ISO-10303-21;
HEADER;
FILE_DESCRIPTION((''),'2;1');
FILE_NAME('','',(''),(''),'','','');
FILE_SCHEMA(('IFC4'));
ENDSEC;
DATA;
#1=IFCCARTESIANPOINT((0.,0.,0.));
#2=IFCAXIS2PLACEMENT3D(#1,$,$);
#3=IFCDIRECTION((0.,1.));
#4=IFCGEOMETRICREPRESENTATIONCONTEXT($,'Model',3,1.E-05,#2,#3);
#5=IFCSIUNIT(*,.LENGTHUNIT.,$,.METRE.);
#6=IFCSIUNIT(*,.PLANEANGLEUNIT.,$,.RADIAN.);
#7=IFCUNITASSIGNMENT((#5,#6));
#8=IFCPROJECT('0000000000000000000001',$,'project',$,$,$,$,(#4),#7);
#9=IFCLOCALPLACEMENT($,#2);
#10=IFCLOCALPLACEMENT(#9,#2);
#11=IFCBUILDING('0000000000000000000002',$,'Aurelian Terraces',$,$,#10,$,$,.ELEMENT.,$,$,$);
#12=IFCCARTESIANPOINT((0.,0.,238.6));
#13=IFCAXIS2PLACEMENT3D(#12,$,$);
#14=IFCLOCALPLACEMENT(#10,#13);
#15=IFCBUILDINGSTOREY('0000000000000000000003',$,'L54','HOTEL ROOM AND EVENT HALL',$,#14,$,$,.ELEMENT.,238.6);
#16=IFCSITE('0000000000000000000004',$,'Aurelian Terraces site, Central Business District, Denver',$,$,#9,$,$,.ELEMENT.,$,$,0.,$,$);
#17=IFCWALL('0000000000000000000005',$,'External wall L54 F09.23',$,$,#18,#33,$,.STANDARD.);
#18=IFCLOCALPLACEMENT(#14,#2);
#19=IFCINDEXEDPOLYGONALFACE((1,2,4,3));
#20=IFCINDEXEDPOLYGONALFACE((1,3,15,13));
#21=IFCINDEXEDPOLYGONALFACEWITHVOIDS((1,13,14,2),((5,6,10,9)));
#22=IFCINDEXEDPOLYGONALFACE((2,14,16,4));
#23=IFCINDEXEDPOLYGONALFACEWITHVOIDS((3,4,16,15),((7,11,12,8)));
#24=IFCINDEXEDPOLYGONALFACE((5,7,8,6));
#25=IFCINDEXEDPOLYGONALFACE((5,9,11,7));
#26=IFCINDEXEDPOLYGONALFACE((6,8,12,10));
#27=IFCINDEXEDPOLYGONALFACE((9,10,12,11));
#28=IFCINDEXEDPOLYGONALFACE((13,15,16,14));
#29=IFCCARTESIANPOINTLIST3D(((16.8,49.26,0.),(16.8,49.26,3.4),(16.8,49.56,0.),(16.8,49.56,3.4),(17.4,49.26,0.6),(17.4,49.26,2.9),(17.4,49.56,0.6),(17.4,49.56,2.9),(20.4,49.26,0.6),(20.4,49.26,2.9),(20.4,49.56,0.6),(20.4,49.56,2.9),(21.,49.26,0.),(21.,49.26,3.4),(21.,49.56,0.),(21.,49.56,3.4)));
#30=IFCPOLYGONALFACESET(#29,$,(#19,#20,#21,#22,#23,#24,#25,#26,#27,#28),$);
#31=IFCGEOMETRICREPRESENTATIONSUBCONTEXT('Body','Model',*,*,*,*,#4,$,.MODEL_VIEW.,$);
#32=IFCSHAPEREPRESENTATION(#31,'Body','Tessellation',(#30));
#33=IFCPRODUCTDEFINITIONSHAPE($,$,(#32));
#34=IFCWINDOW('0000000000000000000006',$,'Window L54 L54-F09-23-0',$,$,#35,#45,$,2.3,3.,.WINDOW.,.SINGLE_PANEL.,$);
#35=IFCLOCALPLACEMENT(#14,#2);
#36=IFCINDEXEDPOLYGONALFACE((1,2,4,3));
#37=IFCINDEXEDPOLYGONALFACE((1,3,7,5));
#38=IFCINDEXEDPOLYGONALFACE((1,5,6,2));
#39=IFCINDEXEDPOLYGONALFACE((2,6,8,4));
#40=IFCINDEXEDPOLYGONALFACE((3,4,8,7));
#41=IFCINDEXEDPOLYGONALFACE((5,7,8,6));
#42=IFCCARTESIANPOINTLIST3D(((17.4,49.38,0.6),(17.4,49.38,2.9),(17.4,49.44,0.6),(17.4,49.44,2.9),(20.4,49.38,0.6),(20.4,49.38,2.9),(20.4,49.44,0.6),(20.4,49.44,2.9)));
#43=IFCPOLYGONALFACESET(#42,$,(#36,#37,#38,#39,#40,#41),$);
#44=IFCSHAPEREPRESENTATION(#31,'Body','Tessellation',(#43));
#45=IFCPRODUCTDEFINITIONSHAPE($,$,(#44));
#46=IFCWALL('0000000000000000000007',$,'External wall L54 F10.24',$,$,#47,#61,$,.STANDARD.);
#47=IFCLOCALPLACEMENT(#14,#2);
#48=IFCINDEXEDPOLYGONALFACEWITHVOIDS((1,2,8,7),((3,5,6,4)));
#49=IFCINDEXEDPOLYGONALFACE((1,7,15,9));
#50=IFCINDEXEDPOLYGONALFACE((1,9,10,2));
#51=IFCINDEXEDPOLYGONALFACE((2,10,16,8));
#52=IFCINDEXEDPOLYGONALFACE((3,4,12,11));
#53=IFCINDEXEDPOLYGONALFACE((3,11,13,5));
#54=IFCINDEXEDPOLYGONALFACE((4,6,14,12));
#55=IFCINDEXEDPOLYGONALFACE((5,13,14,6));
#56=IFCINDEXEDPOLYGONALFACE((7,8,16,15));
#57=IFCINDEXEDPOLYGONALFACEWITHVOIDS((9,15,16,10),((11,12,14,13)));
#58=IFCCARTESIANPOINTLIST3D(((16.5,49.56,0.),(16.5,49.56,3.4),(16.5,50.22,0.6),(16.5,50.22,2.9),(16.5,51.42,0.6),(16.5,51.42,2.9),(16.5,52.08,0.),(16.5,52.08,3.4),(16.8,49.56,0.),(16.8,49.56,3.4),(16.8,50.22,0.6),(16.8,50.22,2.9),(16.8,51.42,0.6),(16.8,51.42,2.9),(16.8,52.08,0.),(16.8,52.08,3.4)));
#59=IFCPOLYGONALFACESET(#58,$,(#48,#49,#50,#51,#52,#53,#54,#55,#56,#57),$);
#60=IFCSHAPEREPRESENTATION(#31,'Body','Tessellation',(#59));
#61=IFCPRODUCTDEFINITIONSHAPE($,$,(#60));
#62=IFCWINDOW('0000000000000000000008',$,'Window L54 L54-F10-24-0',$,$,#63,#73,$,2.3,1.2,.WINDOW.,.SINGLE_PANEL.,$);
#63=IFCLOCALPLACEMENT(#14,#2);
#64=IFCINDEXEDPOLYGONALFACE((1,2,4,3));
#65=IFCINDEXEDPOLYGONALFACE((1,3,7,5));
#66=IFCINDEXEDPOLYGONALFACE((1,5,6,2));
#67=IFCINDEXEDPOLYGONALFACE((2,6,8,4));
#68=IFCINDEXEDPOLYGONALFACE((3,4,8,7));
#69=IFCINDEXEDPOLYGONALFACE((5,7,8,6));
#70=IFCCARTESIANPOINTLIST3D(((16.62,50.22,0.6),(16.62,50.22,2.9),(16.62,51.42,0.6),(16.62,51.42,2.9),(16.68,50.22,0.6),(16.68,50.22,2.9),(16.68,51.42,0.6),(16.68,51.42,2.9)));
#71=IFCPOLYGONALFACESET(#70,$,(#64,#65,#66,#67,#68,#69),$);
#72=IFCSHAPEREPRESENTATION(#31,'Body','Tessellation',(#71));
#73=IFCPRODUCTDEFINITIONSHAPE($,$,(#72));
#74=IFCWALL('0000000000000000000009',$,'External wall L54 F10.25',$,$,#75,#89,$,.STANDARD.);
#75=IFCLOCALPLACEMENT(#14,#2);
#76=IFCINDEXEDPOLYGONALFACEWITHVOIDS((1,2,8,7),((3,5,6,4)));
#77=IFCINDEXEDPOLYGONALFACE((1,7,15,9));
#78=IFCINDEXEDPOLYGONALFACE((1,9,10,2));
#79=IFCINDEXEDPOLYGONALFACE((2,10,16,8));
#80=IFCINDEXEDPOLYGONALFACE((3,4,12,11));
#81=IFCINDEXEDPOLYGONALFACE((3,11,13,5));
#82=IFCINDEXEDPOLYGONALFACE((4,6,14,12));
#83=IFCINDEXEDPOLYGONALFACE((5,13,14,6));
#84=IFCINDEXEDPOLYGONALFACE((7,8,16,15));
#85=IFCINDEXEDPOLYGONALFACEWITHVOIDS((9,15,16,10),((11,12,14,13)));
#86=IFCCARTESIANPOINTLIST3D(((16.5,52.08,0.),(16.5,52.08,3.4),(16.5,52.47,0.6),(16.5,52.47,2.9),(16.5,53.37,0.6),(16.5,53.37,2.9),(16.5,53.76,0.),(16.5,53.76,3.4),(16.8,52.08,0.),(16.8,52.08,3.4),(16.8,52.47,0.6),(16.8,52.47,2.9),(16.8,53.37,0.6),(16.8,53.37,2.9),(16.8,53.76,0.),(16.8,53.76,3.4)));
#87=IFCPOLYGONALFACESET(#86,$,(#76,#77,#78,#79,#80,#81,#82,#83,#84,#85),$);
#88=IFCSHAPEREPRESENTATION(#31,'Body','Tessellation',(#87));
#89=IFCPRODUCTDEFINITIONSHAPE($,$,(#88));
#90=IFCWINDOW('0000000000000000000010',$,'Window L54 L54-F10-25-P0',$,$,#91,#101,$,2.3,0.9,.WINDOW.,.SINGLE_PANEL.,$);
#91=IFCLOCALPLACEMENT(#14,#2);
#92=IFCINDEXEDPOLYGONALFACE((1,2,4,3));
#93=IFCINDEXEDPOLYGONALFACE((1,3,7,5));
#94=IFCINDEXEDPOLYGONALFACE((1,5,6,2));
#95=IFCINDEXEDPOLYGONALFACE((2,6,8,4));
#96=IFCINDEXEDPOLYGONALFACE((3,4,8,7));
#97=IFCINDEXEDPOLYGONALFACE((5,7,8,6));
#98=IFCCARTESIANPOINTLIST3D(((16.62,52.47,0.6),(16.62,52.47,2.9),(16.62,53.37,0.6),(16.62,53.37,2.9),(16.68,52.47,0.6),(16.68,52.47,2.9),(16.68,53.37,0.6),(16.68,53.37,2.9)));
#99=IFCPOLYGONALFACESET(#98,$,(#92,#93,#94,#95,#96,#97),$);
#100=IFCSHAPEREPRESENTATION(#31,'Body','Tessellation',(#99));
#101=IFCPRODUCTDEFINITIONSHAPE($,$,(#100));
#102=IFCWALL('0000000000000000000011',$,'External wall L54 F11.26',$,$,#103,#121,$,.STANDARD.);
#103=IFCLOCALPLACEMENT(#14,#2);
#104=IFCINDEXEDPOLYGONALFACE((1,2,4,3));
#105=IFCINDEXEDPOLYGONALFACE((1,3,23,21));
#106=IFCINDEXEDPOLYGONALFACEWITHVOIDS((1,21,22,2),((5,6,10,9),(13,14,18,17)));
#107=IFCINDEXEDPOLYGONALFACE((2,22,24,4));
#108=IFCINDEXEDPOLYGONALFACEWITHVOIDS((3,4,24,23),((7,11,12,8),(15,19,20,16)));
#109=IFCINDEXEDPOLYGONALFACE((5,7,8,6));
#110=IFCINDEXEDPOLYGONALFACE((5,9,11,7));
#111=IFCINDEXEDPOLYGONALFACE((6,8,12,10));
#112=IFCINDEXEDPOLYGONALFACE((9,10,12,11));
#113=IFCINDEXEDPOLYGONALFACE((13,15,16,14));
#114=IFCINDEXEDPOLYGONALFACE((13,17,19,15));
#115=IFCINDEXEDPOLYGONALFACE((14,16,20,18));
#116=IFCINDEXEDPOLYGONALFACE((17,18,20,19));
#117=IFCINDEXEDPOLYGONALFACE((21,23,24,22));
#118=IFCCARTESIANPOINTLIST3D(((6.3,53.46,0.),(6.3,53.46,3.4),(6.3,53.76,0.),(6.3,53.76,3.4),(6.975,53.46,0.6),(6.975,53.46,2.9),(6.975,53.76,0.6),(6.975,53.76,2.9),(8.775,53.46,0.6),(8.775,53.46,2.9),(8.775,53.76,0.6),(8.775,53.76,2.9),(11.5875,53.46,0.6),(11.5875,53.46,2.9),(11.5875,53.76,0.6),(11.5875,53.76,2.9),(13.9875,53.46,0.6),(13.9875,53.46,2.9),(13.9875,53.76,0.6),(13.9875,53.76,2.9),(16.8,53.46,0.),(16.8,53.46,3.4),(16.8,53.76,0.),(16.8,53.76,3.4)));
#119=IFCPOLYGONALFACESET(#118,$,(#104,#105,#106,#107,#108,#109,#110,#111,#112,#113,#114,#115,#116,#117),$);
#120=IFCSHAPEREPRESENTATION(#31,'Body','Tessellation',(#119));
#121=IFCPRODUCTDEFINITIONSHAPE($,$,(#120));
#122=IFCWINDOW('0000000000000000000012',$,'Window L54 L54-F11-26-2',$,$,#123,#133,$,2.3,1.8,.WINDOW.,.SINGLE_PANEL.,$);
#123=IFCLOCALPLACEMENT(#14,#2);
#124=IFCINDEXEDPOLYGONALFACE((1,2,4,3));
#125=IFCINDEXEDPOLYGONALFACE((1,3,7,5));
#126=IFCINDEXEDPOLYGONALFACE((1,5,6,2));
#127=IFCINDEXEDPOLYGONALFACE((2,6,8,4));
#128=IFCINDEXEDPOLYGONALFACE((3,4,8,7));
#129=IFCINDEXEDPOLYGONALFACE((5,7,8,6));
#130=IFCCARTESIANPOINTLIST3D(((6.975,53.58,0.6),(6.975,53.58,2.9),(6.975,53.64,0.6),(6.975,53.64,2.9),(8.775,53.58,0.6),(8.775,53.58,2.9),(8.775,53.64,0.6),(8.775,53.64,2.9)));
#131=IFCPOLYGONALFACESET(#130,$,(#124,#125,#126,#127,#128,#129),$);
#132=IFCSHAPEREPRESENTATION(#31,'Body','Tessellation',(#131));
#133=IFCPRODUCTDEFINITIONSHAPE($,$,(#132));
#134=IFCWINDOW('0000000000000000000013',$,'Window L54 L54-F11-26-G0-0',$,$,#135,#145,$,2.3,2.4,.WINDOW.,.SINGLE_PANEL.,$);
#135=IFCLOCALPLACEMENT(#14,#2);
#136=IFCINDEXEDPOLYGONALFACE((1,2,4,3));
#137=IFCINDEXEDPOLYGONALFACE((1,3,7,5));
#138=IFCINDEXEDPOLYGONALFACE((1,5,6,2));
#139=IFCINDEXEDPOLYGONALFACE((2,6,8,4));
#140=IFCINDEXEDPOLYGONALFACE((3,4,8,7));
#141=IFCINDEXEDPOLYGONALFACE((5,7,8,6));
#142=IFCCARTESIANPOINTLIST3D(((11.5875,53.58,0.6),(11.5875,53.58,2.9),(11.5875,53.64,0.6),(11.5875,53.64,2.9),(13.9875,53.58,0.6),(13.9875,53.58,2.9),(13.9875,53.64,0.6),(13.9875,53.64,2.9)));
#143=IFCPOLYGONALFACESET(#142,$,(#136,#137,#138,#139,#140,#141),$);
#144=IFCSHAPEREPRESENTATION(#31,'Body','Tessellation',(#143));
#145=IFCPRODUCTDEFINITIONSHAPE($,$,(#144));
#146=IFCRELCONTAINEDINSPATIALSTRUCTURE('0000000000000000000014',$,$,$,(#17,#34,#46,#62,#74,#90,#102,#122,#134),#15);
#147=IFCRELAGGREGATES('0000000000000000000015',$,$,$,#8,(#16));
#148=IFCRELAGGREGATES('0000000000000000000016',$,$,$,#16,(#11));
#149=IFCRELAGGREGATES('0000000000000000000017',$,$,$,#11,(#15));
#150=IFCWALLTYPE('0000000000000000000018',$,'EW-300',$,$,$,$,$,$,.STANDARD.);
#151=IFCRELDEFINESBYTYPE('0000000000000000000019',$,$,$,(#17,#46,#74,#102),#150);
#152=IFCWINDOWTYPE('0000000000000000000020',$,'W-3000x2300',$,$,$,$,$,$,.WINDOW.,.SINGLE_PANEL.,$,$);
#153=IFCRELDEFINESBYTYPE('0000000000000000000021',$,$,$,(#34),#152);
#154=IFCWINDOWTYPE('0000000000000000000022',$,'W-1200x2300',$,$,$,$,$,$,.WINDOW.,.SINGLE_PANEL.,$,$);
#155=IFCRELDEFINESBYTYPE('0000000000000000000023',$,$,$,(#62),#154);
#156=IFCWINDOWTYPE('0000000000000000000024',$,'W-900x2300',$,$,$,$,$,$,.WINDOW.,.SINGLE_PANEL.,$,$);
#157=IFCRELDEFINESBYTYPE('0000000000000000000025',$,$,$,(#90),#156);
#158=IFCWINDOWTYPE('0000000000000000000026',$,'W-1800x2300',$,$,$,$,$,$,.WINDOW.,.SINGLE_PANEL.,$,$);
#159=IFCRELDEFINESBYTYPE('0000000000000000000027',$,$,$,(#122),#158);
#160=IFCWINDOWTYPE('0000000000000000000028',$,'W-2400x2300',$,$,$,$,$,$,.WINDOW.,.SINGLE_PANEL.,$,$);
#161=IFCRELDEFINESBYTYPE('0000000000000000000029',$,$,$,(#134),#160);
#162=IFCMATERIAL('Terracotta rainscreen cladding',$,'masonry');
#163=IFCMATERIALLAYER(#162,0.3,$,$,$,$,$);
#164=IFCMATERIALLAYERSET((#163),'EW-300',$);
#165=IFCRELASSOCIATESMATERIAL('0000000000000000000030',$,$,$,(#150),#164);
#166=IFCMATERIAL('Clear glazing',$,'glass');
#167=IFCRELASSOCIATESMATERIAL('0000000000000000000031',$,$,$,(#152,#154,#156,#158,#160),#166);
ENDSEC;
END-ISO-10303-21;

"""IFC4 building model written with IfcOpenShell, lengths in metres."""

from ifc_helpers import new_model, si_unit, direction, frame, frame_2d, origin, place, context, subcontext, project, spatial, rectangle, extrude, source, transform, mapped, material, layer, layer_set, type_object, element, fill, save


model = new_model("IFC4")

# Units and contexts
model_context = context("Model", 3, precision=1e-05, world=origin(), true_north=direction((0.0, 1.0)))
body_context = subcontext(model_context, "Body", "Model", "MODEL_VIEW")
ifc_project = project(units=[si_unit("LENGTHUNIT", "METRE"), si_unit("PLANEANGLEUNIT", "RADIAN")], contexts=[model_context])

# Site, building, storey
site_placement = place(None, origin())
site = spatial("IfcSite", under=ifc_project, at=site_placement, Name="Aurelian Terraces site, Central Business District, Denver", CompositionType="ELEMENT", RefElevation=0.0)
building_placement = place(site_placement, origin())
building = spatial("IfcBuilding", under=site, at=building_placement, Name="Aurelian Terraces", CompositionType="ELEMENT")
storey_placement = place(building_placement, frame((0.0, 0.0, 238.6)))
storey = spatial("IfcBuildingStorey", under=building, at=storey_placement, Name="L54", Description="HOTEL ROOM AND EVENT HALL", CompositionType="ELEMENT", Elevation=238.6)

# Walls, openings, windows
ifc_material_1 = material(Name="Terracotta rainscreen cladding", Category="masonry")
ifc_layer_1 = layer(ifc_material_1, 0.3)
ifc_layer_set_1 = layer_set([ifc_layer_1], Name="EW-300")
wall_type_1 = type_object("IfcWallType", Name="EW-300", PredefinedType="STANDARD", material=ifc_layer_set_1)
shared_shape_1 = source(origin(), body_context, "Body", "SweptSolid", [
    extrude(rectangle(XDim=4.2, YDim=0.3, at=frame_2d((2.1, 0.0))), origin(), (0.0, 0.0, 1.0), 3.4),
])
wall_1_placement = place(storey_placement, frame((21.0, 49.41, 0.0), z_axis=(0.0, 0.0, 1.0), x_axis=(-1.0, 0.0, 0.0)))
wall_1 = element("IfcWall", 1, at=wall_1_placement, inside=storey, type_object=wall_type_1, Name="External wall L54 F09.23", PredefinedType="STANDARD", context=body_context, shape_type="MappedRepresentation", body=[
    mapped(shared_shape_1, transform((0.0, 0.0, 0.0), scale=1.0)),
])
shared_shape_2 = source(origin(), body_context, "Body", "SweptSolid", [
    extrude(rectangle(XDim=3.0, YDim=2.3, at=frame_2d((1.5, 1.15))), frame((0.0, 0.16, 0.0), z_axis=(0.0, -1.0, 0.0), x_axis=(1.0, 0.0, 0.0)), (0.0, 0.0, 1.0), 0.32),
])
opening_1_placement = place(wall_1_placement, frame((0.6, 0.0, 0.6)))
opening_1 = element("IfcOpeningElement", 2, at=opening_1_placement, cuts=wall_1, PredefinedType="OPENING", context=body_context, shape_type="MappedRepresentation", body=[
    mapped(shared_shape_2, transform((0.0, 0.0, 0.0), scale=1.0)),
])
ifc_material_2 = material(Name="Clear glazing", Category="glass")
window_type_1 = type_object("IfcWindowType", Name="W-3000x2300", PartitioningType="SINGLE_PANEL", PredefinedType="WINDOW", material=ifc_material_2)
shared_shape_3 = source(origin(), body_context, "Body", "SweptSolid", [
    extrude(rectangle(XDim=3.0, YDim=2.3, at=frame_2d((1.5, 1.15))), frame((0.0, 0.03, 0.0), z_axis=(0.0, -1.0, 0.0), x_axis=(1.0, 0.0, 0.0)), (0.0, 0.0, 1.0), 0.06),
])
window_1_placement = place(opening_1_placement, origin())
window_1 = element("IfcWindow", 3, at=window_1_placement, inside=storey, type_object=window_type_1, Name="Window L54 L54-F09-23-0", OverallHeight=2.3, OverallWidth=3.0, PartitioningType="SINGLE_PANEL", PredefinedType="WINDOW", context=body_context, shape_type="MappedRepresentation", body=[
    mapped(shared_shape_3, transform((0.0, 0.0, 0.0), scale=1.0)),
])
fill(opening_1, window_1)
shared_shape_4 = source(origin(), body_context, "Body", "SweptSolid", [
    extrude(rectangle(XDim=2.52, YDim=0.3, at=frame_2d((1.26, 0.0))), origin(), (0.0, 0.0, 1.0), 3.4),
])
wall_2_placement = place(storey_placement, frame((16.65, 49.56, 0.0), z_axis=(0.0, 0.0, 1.0), x_axis=(0.0, 1.0, 0.0)))
wall_2 = element("IfcWall", 4, at=wall_2_placement, inside=storey, type_object=wall_type_1, Name="External wall L54 F10.24", PredefinedType="STANDARD", context=body_context, shape_type="MappedRepresentation", body=[
    mapped(shared_shape_4, transform((0.0, 0.0, 0.0), scale=1.0)),
])
shared_shape_5 = source(origin(), body_context, "Body", "SweptSolid", [
    extrude(rectangle(XDim=1.2, YDim=2.3, at=frame_2d((0.6, 1.15))), frame((0.0, 0.16, 0.0), z_axis=(0.0, -1.0, 0.0), x_axis=(1.0, 0.0, 0.0)), (0.0, 0.0, 1.0), 0.32),
])
opening_2_placement = place(wall_2_placement, frame((0.66, 0.0, 0.6)))
opening_2 = element("IfcOpeningElement", 5, at=opening_2_placement, cuts=wall_2, PredefinedType="OPENING", context=body_context, shape_type="MappedRepresentation", body=[
    mapped(shared_shape_5, transform((0.0, 0.0, 0.0), scale=1.0)),
])
window_type_2 = type_object("IfcWindowType", Name="W-1200x2300", PartitioningType="SINGLE_PANEL", PredefinedType="WINDOW", material=ifc_material_2)
shared_shape_6 = source(origin(), body_context, "Body", "SweptSolid", [
    extrude(rectangle(XDim=1.2, YDim=2.3, at=frame_2d((0.6, 1.15))), frame((0.0, 0.03, 0.0), z_axis=(0.0, -1.0, 0.0), x_axis=(1.0, 0.0, 0.0)), (0.0, 0.0, 1.0), 0.06),
])
window_2_placement = place(opening_2_placement, origin())
window_2 = element("IfcWindow", 6, at=window_2_placement, inside=storey, type_object=window_type_2, Name="Window L54 L54-F10-24-0", OverallHeight=2.3, OverallWidth=1.2, PartitioningType="SINGLE_PANEL", PredefinedType="WINDOW", context=body_context, shape_type="MappedRepresentation", body=[
    mapped(shared_shape_6, transform((0.0, 0.0, 0.0), scale=1.0)),
])
fill(opening_2, window_2)
shared_shape_7 = source(origin(), body_context, "Body", "SweptSolid", [
    extrude(rectangle(XDim=1.68, YDim=0.3, at=frame_2d((0.84, 0.0))), origin(), (0.0, 0.0, 1.0), 3.4),
])
wall_3_placement = place(storey_placement, frame((16.65, 52.08, 0.0), z_axis=(0.0, 0.0, 1.0), x_axis=(0.0, 1.0, 0.0)))
wall_3 = element("IfcWall", 7, at=wall_3_placement, inside=storey, type_object=wall_type_1, Name="External wall L54 F10.25", PredefinedType="STANDARD", context=body_context, shape_type="MappedRepresentation", body=[
    mapped(shared_shape_7, transform((0.0, 0.0, 0.0), scale=1.0)),
])
shared_shape_8 = source(origin(), body_context, "Body", "SweptSolid", [
    extrude(rectangle(XDim=0.9, YDim=2.3, at=frame_2d((0.45, 1.15))), frame((0.0, 0.16, 0.0), z_axis=(0.0, -1.0, 0.0), x_axis=(1.0, 0.0, 0.0)), (0.0, 0.0, 1.0), 0.32),
])
opening_3_placement = place(wall_3_placement, frame((0.39, 0.0, 0.6)))
opening_3 = element("IfcOpeningElement", 8, at=opening_3_placement, cuts=wall_3, PredefinedType="OPENING", context=body_context, shape_type="MappedRepresentation", body=[
    mapped(shared_shape_8, transform((0.0, 0.0, 0.0), scale=1.0)),
])
window_type_3 = type_object("IfcWindowType", Name="W-900x2300", PartitioningType="SINGLE_PANEL", PredefinedType="WINDOW", material=ifc_material_2)
shared_shape_9 = source(origin(), body_context, "Body", "SweptSolid", [
    extrude(rectangle(XDim=0.9, YDim=2.3, at=frame_2d((0.45, 1.15))), frame((0.0, 0.03, 0.0), z_axis=(0.0, -1.0, 0.0), x_axis=(1.0, 0.0, 0.0)), (0.0, 0.0, 1.0), 0.06),
])
window_3_placement = place(opening_3_placement, origin())
window_3 = element("IfcWindow", 9, at=window_3_placement, inside=storey, type_object=window_type_3, Name="Window L54 L54-F10-25-P0", OverallHeight=2.3, OverallWidth=0.9, PartitioningType="SINGLE_PANEL", PredefinedType="WINDOW", context=body_context, shape_type="MappedRepresentation", body=[
    mapped(shared_shape_9, transform((0.0, 0.0, 0.0), scale=1.0)),
])
fill(opening_3, window_3)

# Wall, openings, windows
shared_shape_10 = source(origin(), body_context, "Body", "SweptSolid", [
    extrude(rectangle(XDim=10.5, YDim=0.3, at=frame_2d((5.25, 0.0))), origin(), (0.0, 0.0, 1.0), 3.4),
])
wall_4_placement = place(storey_placement, frame((16.8, 53.61, 0.0), z_axis=(0.0, 0.0, 1.0), x_axis=(-1.0, 0.0, 0.0)))
wall_4 = element("IfcWall", 10, at=wall_4_placement, inside=storey, type_object=wall_type_1, Name="External wall L54 F11.26", PredefinedType="STANDARD", context=body_context, shape_type="MappedRepresentation", body=[
    mapped(shared_shape_10, transform((0.0, 0.0, 0.0), scale=1.0)),
])
shared_shape_11 = source(origin(), body_context, "Body", "SweptSolid", [
    extrude(rectangle(XDim=1.8, YDim=2.3, at=frame_2d((0.9, 1.15))), frame((0.0, 0.16, 0.0), z_axis=(0.0, -1.0, 0.0), x_axis=(1.0, 0.0, 0.0)), (0.0, 0.0, 1.0), 0.32),
])
opening_4_placement = place(wall_4_placement, frame((8.025, 0.0, 0.6)))
opening_4 = element("IfcOpeningElement", 11, at=opening_4_placement, cuts=wall_4, PredefinedType="OPENING", context=body_context, shape_type="MappedRepresentation", body=[
    mapped(shared_shape_11, transform((0.0, 0.0, 0.0), scale=1.0)),
])
shared_shape_12 = source(origin(), body_context, "Body", "SweptSolid", [
    extrude(rectangle(XDim=2.4, YDim=2.3, at=frame_2d((1.2, 1.15))), frame((0.0, 0.16, 0.0), z_axis=(0.0, -1.0, 0.0), x_axis=(1.0, 0.0, 0.0)), (0.0, 0.0, 1.0), 0.32),
])
opening_5_placement = place(wall_4_placement, frame((2.8125, 0.0, 0.6)))
opening_5 = element("IfcOpeningElement", 12, at=opening_5_placement, cuts=wall_4, PredefinedType="OPENING", context=body_context, shape_type="MappedRepresentation", body=[
    mapped(shared_shape_12, transform((0.0, 0.0, 0.0), scale=1.0)),
])
window_type_4 = type_object("IfcWindowType", Name="W-1800x2300", PartitioningType="SINGLE_PANEL", PredefinedType="WINDOW", material=ifc_material_2)
shared_shape_13 = source(origin(), body_context, "Body", "SweptSolid", [
    extrude(rectangle(XDim=1.8, YDim=2.3, at=frame_2d((0.9, 1.15))), frame((0.0, 0.03, 0.0), z_axis=(0.0, -1.0, 0.0), x_axis=(1.0, 0.0, 0.0)), (0.0, 0.0, 1.0), 0.06),
])
window_4_placement = place(opening_4_placement, origin())
window_4 = element("IfcWindow", 13, at=window_4_placement, inside=storey, type_object=window_type_4, Name="Window L54 L54-F11-26-2", OverallHeight=2.3, OverallWidth=1.8, PartitioningType="SINGLE_PANEL", PredefinedType="WINDOW", context=body_context, shape_type="MappedRepresentation", body=[
    mapped(shared_shape_13, transform((0.0, 0.0, 0.0), scale=1.0)),
])
fill(opening_4, window_4)
window_type_5 = type_object("IfcWindowType", Name="W-2400x2300", PartitioningType="SINGLE_PANEL", PredefinedType="WINDOW", material=ifc_material_2)
shared_shape_14 = source(origin(), body_context, "Body", "SweptSolid", [
    extrude(rectangle(XDim=2.4, YDim=2.3, at=frame_2d((1.2, 1.15))), frame((0.0, 0.03, 0.0), z_axis=(0.0, -1.0, 0.0), x_axis=(1.0, 0.0, 0.0)), (0.0, 0.0, 1.0), 0.06),
])
window_5_placement = place(opening_5_placement, origin())
window_5 = element("IfcWindow", 14, at=window_5_placement, inside=storey, type_object=window_type_5, Name="Window L54 L54-F11-26-G0-0", OverallHeight=2.3, OverallWidth=2.4, PartitioningType="SINGLE_PANEL", PredefinedType="WINDOW", context=body_context, shape_type="MappedRepresentation", body=[
    mapped(shared_shape_14, transform((0.0, 0.0, 0.0), scale=1.0)),
])
fill(opening_5, window_5)

save(model, "model.ifc")
